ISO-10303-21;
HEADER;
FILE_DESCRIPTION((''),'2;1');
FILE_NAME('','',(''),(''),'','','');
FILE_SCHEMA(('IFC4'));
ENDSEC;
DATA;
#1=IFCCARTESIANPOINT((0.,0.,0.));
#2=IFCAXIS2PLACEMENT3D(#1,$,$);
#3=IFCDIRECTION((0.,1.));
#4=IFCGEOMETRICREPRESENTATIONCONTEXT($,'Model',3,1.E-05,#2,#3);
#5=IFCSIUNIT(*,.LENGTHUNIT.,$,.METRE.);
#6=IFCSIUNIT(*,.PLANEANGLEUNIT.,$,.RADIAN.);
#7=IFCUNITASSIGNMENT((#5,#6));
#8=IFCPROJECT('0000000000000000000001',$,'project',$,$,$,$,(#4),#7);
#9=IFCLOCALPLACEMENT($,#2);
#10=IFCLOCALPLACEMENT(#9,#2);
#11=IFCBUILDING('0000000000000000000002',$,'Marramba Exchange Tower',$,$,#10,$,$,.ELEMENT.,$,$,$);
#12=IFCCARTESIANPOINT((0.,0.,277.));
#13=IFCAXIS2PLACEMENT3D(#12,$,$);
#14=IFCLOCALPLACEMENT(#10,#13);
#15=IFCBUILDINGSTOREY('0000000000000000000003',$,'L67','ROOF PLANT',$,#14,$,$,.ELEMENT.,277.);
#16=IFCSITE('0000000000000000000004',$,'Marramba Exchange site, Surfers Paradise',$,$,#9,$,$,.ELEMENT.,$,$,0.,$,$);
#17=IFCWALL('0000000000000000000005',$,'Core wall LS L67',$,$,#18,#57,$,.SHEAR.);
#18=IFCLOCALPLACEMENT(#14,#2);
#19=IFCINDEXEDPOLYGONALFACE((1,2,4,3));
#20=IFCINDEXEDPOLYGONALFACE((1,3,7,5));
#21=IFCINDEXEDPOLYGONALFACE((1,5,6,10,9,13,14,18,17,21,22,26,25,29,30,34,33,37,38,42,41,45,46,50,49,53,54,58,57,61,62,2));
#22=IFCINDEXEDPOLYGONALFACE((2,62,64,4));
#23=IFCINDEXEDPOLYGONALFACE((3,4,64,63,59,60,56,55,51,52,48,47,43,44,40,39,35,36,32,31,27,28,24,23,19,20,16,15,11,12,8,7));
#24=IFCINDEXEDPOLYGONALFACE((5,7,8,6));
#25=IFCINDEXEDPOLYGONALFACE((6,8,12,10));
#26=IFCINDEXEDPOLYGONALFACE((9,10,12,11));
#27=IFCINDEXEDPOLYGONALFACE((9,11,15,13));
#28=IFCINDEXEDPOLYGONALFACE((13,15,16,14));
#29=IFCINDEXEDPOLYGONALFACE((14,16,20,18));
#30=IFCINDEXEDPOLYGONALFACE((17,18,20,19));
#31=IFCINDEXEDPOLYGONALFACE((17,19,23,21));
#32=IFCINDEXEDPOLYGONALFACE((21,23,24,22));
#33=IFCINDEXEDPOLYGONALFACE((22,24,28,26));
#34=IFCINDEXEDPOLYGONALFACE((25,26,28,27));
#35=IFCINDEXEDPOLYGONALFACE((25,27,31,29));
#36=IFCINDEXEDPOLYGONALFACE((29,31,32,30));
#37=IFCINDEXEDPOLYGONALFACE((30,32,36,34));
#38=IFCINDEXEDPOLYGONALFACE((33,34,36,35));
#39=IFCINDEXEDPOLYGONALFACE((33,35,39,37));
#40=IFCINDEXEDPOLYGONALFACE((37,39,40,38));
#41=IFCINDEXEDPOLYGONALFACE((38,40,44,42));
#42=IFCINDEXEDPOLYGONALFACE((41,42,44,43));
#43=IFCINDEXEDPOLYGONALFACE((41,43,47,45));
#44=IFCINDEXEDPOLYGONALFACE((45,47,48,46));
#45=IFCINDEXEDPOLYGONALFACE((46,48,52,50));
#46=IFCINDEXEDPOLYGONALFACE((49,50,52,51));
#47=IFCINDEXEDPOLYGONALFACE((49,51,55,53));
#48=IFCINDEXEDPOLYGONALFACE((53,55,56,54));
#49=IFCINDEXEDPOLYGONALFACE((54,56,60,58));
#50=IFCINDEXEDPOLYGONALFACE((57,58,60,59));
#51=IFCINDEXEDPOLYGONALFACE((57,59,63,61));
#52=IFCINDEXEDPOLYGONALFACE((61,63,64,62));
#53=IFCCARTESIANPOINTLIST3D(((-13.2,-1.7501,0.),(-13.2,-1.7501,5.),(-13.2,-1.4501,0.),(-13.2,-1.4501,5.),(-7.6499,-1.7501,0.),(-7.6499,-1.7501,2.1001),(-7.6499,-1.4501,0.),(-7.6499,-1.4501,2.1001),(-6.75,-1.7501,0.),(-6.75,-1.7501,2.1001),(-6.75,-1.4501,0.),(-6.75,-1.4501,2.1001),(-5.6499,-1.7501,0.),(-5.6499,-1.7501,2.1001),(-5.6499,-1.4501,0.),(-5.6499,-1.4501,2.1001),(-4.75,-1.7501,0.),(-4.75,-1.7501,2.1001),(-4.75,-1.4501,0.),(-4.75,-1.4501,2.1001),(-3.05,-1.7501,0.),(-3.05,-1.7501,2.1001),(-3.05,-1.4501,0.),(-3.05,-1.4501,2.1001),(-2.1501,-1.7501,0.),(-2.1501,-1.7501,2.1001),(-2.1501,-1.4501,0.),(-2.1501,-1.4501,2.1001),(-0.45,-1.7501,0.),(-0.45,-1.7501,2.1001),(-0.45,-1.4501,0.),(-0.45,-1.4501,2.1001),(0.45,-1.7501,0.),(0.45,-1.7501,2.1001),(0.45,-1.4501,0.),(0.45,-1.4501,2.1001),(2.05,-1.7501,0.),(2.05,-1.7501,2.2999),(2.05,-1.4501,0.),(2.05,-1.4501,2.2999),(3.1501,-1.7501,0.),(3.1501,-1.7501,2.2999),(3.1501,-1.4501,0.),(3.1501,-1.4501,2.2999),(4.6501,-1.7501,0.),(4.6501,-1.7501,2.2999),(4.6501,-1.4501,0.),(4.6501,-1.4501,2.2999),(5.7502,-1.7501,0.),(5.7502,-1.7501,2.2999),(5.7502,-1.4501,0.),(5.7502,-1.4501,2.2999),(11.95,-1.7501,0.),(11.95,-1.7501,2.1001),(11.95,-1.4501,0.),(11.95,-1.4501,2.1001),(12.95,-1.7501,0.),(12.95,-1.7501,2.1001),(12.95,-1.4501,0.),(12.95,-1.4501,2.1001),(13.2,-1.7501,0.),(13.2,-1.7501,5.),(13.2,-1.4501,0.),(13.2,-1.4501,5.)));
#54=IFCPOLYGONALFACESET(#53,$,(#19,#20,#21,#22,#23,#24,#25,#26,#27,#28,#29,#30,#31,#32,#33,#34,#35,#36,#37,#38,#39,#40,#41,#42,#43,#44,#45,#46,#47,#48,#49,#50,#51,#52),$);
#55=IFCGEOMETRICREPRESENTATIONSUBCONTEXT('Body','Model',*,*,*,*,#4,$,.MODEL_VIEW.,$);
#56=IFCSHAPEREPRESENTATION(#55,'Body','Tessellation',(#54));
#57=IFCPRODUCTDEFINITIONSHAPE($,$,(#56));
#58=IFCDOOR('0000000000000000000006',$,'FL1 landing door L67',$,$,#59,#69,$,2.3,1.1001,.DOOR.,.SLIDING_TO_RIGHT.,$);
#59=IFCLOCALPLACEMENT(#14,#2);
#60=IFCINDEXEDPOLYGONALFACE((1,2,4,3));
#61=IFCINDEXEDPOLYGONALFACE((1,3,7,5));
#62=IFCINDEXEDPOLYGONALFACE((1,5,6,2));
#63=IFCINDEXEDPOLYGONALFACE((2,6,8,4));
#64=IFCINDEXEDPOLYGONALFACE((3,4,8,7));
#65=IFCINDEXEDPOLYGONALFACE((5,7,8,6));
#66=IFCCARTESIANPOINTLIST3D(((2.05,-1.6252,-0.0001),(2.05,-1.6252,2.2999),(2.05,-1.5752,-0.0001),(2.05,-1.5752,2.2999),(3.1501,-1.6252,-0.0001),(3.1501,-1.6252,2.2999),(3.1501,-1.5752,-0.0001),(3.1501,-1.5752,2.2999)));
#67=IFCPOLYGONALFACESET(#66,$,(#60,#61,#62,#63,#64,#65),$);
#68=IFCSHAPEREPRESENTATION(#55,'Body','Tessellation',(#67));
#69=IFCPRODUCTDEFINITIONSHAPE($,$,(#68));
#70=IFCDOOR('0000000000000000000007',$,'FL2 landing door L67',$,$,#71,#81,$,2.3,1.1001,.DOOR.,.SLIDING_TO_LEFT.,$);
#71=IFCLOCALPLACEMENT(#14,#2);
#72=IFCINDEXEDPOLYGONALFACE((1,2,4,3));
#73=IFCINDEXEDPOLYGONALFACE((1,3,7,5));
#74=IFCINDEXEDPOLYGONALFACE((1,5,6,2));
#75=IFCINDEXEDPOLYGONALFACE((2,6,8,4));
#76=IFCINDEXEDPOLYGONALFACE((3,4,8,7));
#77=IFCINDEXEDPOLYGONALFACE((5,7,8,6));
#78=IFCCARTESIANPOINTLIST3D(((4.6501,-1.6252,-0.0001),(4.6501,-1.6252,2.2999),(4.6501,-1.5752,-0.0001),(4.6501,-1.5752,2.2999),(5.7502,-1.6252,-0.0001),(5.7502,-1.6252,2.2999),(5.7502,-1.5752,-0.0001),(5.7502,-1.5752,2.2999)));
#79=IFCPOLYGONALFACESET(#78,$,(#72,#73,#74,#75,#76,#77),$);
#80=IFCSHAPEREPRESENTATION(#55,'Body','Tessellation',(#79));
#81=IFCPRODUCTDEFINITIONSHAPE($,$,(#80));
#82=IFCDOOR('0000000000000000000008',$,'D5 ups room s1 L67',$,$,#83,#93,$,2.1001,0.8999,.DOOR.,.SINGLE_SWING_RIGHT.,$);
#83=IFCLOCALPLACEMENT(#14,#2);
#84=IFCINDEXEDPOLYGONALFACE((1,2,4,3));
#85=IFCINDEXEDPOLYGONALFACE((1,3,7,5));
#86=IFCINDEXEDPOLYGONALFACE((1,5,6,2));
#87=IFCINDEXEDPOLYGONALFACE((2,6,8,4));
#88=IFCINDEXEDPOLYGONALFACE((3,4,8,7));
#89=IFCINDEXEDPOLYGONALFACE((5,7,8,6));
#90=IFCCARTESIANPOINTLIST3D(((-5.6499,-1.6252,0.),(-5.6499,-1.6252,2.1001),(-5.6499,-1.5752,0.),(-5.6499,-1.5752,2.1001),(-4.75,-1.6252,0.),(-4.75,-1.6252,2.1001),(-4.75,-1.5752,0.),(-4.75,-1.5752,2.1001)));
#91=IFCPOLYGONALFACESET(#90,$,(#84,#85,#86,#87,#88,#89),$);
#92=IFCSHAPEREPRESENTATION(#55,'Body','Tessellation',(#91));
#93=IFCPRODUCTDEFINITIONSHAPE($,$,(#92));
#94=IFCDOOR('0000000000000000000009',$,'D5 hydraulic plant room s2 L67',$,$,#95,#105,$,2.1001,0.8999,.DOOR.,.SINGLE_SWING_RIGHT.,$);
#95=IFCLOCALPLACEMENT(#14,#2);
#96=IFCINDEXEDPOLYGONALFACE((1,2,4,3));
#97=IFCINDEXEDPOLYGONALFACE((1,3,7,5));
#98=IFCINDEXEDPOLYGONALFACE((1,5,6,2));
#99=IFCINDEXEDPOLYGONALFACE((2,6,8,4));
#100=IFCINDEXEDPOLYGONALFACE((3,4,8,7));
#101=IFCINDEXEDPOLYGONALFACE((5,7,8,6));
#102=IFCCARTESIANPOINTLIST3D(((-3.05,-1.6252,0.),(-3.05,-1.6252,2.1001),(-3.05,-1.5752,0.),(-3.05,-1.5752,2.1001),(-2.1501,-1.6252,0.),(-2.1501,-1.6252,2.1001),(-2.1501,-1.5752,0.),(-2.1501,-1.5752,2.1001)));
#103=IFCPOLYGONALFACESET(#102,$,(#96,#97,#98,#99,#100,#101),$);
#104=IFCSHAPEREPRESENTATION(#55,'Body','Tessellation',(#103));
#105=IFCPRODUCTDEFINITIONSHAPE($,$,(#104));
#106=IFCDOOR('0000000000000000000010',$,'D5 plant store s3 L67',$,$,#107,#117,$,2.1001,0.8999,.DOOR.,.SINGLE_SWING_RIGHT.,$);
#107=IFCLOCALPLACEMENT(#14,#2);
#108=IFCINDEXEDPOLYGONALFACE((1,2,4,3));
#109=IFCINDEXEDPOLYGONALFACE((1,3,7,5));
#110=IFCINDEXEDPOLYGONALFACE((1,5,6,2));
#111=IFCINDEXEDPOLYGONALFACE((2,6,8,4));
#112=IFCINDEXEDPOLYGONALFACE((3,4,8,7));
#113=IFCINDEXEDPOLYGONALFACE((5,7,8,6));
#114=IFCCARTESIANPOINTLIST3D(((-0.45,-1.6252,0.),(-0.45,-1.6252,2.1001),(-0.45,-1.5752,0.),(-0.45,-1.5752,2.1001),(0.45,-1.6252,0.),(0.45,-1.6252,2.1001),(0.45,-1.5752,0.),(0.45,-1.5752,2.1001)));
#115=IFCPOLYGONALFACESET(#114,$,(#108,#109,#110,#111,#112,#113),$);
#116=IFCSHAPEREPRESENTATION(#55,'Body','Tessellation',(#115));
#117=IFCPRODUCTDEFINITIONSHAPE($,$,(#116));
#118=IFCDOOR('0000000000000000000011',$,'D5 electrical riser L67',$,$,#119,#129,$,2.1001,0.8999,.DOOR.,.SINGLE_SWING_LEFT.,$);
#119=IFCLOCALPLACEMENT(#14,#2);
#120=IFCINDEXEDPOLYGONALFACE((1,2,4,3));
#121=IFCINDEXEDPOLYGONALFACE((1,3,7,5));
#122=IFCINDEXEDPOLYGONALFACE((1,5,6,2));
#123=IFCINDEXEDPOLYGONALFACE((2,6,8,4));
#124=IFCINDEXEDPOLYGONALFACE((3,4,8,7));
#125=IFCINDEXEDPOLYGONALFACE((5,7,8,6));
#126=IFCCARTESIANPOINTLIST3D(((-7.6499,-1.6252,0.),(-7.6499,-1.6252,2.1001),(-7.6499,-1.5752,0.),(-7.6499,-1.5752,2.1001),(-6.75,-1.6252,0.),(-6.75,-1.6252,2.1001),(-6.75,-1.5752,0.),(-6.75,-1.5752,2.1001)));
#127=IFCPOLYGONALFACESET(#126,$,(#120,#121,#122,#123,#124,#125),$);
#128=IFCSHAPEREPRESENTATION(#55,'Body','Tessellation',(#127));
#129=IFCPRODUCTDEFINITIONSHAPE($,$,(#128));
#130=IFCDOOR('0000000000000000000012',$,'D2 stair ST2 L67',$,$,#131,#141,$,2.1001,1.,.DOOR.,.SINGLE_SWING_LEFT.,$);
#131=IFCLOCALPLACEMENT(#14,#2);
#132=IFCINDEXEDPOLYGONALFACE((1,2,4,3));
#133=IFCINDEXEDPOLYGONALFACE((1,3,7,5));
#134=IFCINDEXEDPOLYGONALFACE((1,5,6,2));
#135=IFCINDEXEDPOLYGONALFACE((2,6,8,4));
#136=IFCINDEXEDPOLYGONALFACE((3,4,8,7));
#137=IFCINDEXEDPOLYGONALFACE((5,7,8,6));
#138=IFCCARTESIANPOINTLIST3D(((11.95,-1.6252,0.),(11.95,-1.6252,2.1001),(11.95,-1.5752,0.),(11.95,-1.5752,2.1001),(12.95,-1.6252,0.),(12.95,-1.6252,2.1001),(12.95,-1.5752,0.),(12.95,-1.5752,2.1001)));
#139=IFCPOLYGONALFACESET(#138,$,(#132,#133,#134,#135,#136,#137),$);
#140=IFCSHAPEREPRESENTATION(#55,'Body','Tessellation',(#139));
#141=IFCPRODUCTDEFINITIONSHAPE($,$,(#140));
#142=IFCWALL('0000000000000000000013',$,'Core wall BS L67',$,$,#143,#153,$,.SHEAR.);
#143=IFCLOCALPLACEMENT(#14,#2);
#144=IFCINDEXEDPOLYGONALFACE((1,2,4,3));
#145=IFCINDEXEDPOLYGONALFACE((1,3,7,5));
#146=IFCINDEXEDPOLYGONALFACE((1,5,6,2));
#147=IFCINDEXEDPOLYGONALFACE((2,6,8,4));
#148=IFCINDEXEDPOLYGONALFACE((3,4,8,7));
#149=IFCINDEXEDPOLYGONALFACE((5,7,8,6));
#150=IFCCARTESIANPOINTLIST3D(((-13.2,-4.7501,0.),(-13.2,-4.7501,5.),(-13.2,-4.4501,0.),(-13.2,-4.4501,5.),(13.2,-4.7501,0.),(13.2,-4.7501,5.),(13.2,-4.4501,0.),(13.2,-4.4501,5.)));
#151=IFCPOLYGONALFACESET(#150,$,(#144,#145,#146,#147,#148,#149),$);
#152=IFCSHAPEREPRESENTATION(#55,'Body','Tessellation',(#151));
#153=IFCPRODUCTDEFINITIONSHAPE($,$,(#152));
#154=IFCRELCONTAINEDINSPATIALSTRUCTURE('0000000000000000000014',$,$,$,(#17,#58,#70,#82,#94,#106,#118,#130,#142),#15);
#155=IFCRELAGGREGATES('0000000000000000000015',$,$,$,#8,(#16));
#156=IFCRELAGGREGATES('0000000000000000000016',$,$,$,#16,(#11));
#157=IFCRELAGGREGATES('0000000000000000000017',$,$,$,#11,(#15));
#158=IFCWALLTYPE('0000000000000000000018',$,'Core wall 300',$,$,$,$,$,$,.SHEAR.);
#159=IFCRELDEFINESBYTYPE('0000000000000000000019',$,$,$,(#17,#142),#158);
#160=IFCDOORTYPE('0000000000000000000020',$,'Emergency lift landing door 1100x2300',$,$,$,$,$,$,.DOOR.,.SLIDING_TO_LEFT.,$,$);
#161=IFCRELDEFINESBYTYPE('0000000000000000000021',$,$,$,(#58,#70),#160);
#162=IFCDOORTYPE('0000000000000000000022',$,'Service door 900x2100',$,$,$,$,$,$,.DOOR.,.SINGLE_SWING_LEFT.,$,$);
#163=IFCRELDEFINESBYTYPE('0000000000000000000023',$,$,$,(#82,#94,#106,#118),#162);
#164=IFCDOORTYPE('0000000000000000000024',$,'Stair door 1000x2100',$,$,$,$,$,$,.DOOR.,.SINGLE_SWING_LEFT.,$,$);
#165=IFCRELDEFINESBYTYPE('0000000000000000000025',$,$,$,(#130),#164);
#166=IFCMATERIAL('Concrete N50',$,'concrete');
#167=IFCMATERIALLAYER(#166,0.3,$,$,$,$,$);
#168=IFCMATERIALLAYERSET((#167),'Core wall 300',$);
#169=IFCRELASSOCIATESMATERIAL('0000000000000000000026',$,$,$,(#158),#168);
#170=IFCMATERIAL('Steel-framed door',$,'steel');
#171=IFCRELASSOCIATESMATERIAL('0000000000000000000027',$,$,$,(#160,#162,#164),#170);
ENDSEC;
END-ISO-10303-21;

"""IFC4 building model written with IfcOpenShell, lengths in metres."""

from ifc_helpers import new_model, si_unit, direction, frame, frame_2d, origin, place, context, subcontext, project, spatial, rectangle, extrude, material, layer, layer_set, type_object, element, fill, save


model = new_model("IFC4")

# Units and contexts
model_context = context("Model", 3, precision=1e-05, world=origin(), true_north=direction((0.0, 1.0)))
body_context = subcontext(model_context, "Body", "Model", "MODEL_VIEW")
ifc_project = project(units=[si_unit("LENGTHUNIT", "METRE"), si_unit("PLANEANGLEUNIT", "RADIAN")], contexts=[model_context])

# Site, building, storey
site_placement = place(None, origin())
site = spatial("IfcSite", under=ifc_project, at=site_placement, Name="Marramba Exchange site, Surfers Paradise", CompositionType="ELEMENT", RefElevation=0.0)
building_placement = place(site_placement, origin())
building = spatial("IfcBuilding", under=site, at=building_placement, Name="Marramba Exchange Tower", CompositionType="ELEMENT")
storey_placement = place(building_placement, frame((0.0, 0.0, 277.0)))
storey = spatial("IfcBuildingStorey", under=building, at=storey_placement, Name="L67", Description="ROOF PLANT", CompositionType="ELEMENT", Elevation=277.0)

# Shared definitions
ifc_material_1 = material(Name="Concrete N50", Category="concrete")

# Wall, openings, doors
ifc_layer_1 = layer(ifc_material_1, 0.3)
ifc_layer_set_1 = layer_set([ifc_layer_1], Name="Core wall 300")
wall_type_1 = type_object("IfcWallType", Name="Core wall 300", PredefinedType="SHEAR", material=ifc_layer_set_1)
wall_1_placement = place(storey_placement, frame((-13.2, -1.6001, 0.0), z_axis=(0.0, 0.0, 1.0), x_axis=(1.0, 0.0, 0.0)))
wall_1 = element("IfcWall", 1, at=wall_1_placement, inside=storey, type_object=wall_type_1, Name="Core wall LS L67", PredefinedType="SHEAR", context=body_context, shape_type="SweptSolid", body=[
    extrude(rectangle(XDim=26.3999, YDim=0.3, at=frame_2d((13.2, 0.0))), origin(), (0.0, 0.0, 1.0), 5.0),
])
opening_1_placement = place(wall_1_placement, frame((25.1499, 0.0, 0.0)))
opening_1 = element("IfcOpeningElement", 2, at=opening_1_placement, cuts=wall_1, PredefinedType="OPENING", context=body_context, shape_type="SweptSolid", body=[
    extrude(rectangle(XDim=1.0, YDim=2.1001, at=frame_2d((0.5, 1.05))), frame((0.0, 0.1599, 0.0), z_axis=(0.0, -1.0, 0.0), x_axis=(1.0, 0.0, 0.0)), (0.0, 0.0, 1.0), 0.3201),
])
opening_2_placement = place(wall_1_placement, frame((7.55, 0.0, 0.0)))
opening_2 = element("IfcOpeningElement", 3, at=opening_2_placement, cuts=wall_1, PredefinedType="OPENING", context=body_context, shape_type="SweptSolid", body=[
    extrude(rectangle(XDim=0.8999, YDim=2.1001, at=frame_2d((0.45, 1.05))), frame((0.0, 0.1599, 0.0), z_axis=(0.0, -1.0, 0.0), x_axis=(1.0, 0.0, 0.0)), (0.0, 0.0, 1.0), 0.3201),
])
opening_3_placement = place(wall_1_placement, frame((10.1499, 0.0, 0.0)))
opening_3 = element("IfcOpeningElement", 4, at=opening_3_placement, cuts=wall_1, PredefinedType="OPENING", context=body_context, shape_type="SweptSolid", body=[
    extrude(rectangle(XDim=0.8999, YDim=2.1001, at=frame_2d((0.45, 1.05))), frame((0.0, 0.1599, 0.0), z_axis=(0.0, -1.0, 0.0), x_axis=(1.0, 0.0, 0.0)), (0.0, 0.0, 1.0), 0.3201),
])
opening_4_placement = place(wall_1_placement, frame((12.75, 0.0, 0.0)))
opening_4 = element("IfcOpeningElement", 5, at=opening_4_placement, cuts=wall_1, PredefinedType="OPENING", context=body_context, shape_type="SweptSolid", body=[
    extrude(rectangle(XDim=0.8999, YDim=2.1001, at=frame_2d((0.45, 1.05))), frame((0.0, 0.1599, 0.0), z_axis=(0.0, -1.0, 0.0), x_axis=(1.0, 0.0, 0.0)), (0.0, 0.0, 1.0), 0.3201),
])
opening_5_placement = place(wall_1_placement, frame((15.25, 0.0, 0.0)))
opening_5 = element("IfcOpeningElement", 6, at=opening_5_placement, cuts=wall_1, PredefinedType="OPENING", context=body_context, shape_type="SweptSolid", body=[
    extrude(rectangle(XDim=1.1001, YDim=2.3, at=frame_2d((0.55, 1.1499))), frame((0.0, 0.1599, 0.0), z_axis=(0.0, -1.0, 0.0), x_axis=(1.0, 0.0, 0.0)), (0.0, 0.0, 1.0), 0.3201),
])
opening_6_placement = place(wall_1_placement, frame((17.8501, 0.0, 0.0)))
opening_6 = element("IfcOpeningElement", 7, at=opening_6_placement, cuts=wall_1, PredefinedType="OPENING", context=body_context, shape_type="SweptSolid", body=[
    extrude(rectangle(XDim=1.1001, YDim=2.3, at=frame_2d((0.55, 1.1499))), frame((0.0, 0.1599, 0.0), z_axis=(0.0, -1.0, 0.0), x_axis=(1.0, 0.0, 0.0)), (0.0, 0.0, 1.0), 0.3201),
])
opening_7_placement = place(wall_1_placement, frame((5.55, 0.0, 0.0)))
opening_7 = element("IfcOpeningElement", 8, at=opening_7_placement, cuts=wall_1, PredefinedType="OPENING", context=body_context, shape_type="SweptSolid", body=[
    extrude(rectangle(XDim=0.8999, YDim=2.1001, at=frame_2d((0.45, 1.05))), frame((0.0, 0.1599, 0.0), z_axis=(0.0, -1.0, 0.0), x_axis=(1.0, 0.0, 0.0)), (0.0, 0.0, 1.0), 0.3201),
])
ifc_material_2 = material(Name="Steel-framed door", Category="steel")
door_type_1 = type_object("IfcDoorType", Name="Emergency lift landing door 1100x2300", OperationType="SLIDING_TO_LEFT", PredefinedType="DOOR", material=ifc_material_2)
door_1_placement = place(opening_5_placement, frame((1.1001, 0.0, 0.0), z_axis=(0.0, 0.0, 1.0), x_axis=(-1.0, 0.0, 0.0)))
door_1 = element("IfcDoor", 9, at=door_1_placement, inside=storey, type_object=door_type_1, Name="FL1 landing door L67", OperationType="SLIDING_TO_RIGHT", OverallHeight=2.3, OverallWidth=1.1001, PredefinedType="DOOR", context=body_context, shape_type="SweptSolid", body=[
    extrude(rectangle(XDim=1.1001, YDim=2.3, at=frame_2d((0.55, 1.1499))), frame((0.0, 0.0251, 0.0), z_axis=(0.0, -1.0, 0.0), x_axis=(1.0, 0.0, 0.0)), (0.0, 0.0, 1.0), 0.05),
])
fill(opening_5, door_1)
door_2_placement = place(opening_6_placement, frame((1.1001, 0.0, 0.0), z_axis=(0.0, 0.0, 1.0), x_axis=(-1.0, 0.0, 0.0)))
door_2 = element("IfcDoor", 10, at=door_2_placement, inside=storey, type_object=door_type_1, Name="FL2 landing door L67", OperationType="SLIDING_TO_LEFT", OverallHeight=2.3, OverallWidth=1.1001, PredefinedType="DOOR", context=body_context, shape_type="SweptSolid", body=[
    extrude(rectangle(XDim=1.1001, YDim=2.3, at=frame_2d((0.55, 1.1499))), frame((0.0, 0.0251, 0.0), z_axis=(0.0, -1.0, 0.0), x_axis=(1.0, 0.0, 0.0)), (0.0, 0.0, 1.0), 0.05),
])
fill(opening_6, door_2)
door_type_2 = type_object("IfcDoorType", Name="Service door 900x2100", OperationType="SINGLE_SWING_LEFT", PredefinedType="DOOR", material=ifc_material_2)
door_3_placement = place(opening_2_placement, frame((0.8999, 0.0, 0.0), z_axis=(0.0, 0.0, 1.0), x_axis=(-1.0, 0.0, 0.0)))
door_3 = element("IfcDoor", 11, at=door_3_placement, inside=storey, type_object=door_type_2, Name="D5 ups room s1 L67", OperationType="SINGLE_SWING_RIGHT", OverallHeight=2.1001, OverallWidth=0.8999, PredefinedType="DOOR", context=body_context, shape_type="SweptSolid", body=[
    extrude(rectangle(XDim=0.8999, YDim=2.1001, at=frame_2d((0.45, 1.05))), frame((0.0, 0.0251, 0.0), z_axis=(0.0, -1.0, 0.0), x_axis=(1.0, 0.0, 0.0)), (0.0, 0.0, 1.0), 0.05),
])
fill(opening_2, door_3)
door_4_placement = place(opening_3_placement, frame((0.8999, 0.0, 0.0), z_axis=(0.0, 0.0, 1.0), x_axis=(-1.0, 0.0, 0.0)))
door_4 = element("IfcDoor", 12, at=door_4_placement, inside=storey, type_object=door_type_2, Name="D5 hydraulic plant room s2 L67", OperationType="SINGLE_SWING_RIGHT", OverallHeight=2.1001, OverallWidth=0.8999, PredefinedType="DOOR", context=body_context, shape_type="SweptSolid", body=[
    extrude(rectangle(XDim=0.8999, YDim=2.1001, at=frame_2d((0.45, 1.05))), frame((0.0, 0.0251, 0.0), z_axis=(0.0, -1.0, 0.0), x_axis=(1.0, 0.0, 0.0)), (0.0, 0.0, 1.0), 0.05),
])
fill(opening_3, door_4)
door_5_placement = place(opening_4_placement, frame((0.8999, 0.0, 0.0), z_axis=(0.0, 0.0, 1.0), x_axis=(-1.0, 0.0, 0.0)))
door_5 = element("IfcDoor", 13, at=door_5_placement, inside=storey, type_object=door_type_2, Name="D5 plant store s3 L67", OperationType="SINGLE_SWING_RIGHT", OverallHeight=2.1001, OverallWidth=0.8999, PredefinedType="DOOR", context=body_context, shape_type="SweptSolid", body=[
    extrude(rectangle(XDim=0.8999, YDim=2.1001, at=frame_2d((0.45, 1.05))), frame((0.0, 0.0251, 0.0), z_axis=(0.0, -1.0, 0.0), x_axis=(1.0, 0.0, 0.0)), (0.0, 0.0, 1.0), 0.05),
])
fill(opening_4, door_5)
door_6_placement = place(opening_7_placement, frame((0.8999, 0.0, 0.0), z_axis=(0.0, 0.0, 1.0), x_axis=(-1.0, 0.0, 0.0)))
door_6 = element("IfcDoor", 14, at=door_6_placement, inside=storey, type_object=door_type_2, Name="D5 electrical riser L67", OperationType="SINGLE_SWING_LEFT", OverallHeight=2.1001, OverallWidth=0.8999, PredefinedType="DOOR", context=body_context, shape_type="SweptSolid", body=[
    extrude(rectangle(XDim=0.8999, YDim=2.1001, at=frame_2d((0.45, 1.05))), frame((0.0, 0.0251, 0.0), z_axis=(0.0, -1.0, 0.0), x_axis=(1.0, 0.0, 0.0)), (0.0, 0.0, 1.0), 0.05),
])
fill(opening_7, door_6)
door_type_3 = type_object("IfcDoorType", Name="Stair door 1000x2100", OperationType="SINGLE_SWING_LEFT", PredefinedType="DOOR", material=ifc_material_2)
door_7_placement = place(opening_1_placement, frame((1.0, 0.0, 0.0), z_axis=(0.0, 0.0, 1.0), x_axis=(-1.0, 0.0, 0.0)))
door_7 = element("IfcDoor", 15, at=door_7_placement, inside=storey, type_object=door_type_3, Name="D2 stair ST2 L67", OperationType="SINGLE_SWING_LEFT", OverallHeight=2.1001, OverallWidth=1.0, PredefinedType="DOOR", context=body_context, shape_type="SweptSolid", body=[
    extrude(rectangle(XDim=1.0, YDim=2.1001, at=frame_2d((0.5, 1.05))), frame((0.0, 0.0251, 0.0), z_axis=(0.0, -1.0, 0.0), x_axis=(1.0, 0.0, 0.0)), (0.0, 0.0, 1.0), 0.05),
])
fill(opening_1, door_7)

# Wall
wall_2_placement = place(storey_placement, frame((-13.2, -4.6001, 0.0), z_axis=(0.0, 0.0, 1.0), x_axis=(1.0, 0.0, 0.0)))
element("IfcWall", 16, at=wall_2_placement, inside=storey, type_object=wall_type_1, Name="Core wall BS L67", PredefinedType="SHEAR", context=body_context, shape_type="SweptSolid", body=[
    extrude(rectangle(XDim=26.3999, YDim=0.3, at=frame_2d((13.2, 0.0))), origin(), (0.0, 0.0, 1.0), 5.0),
])

save(model, "model.ifc")
